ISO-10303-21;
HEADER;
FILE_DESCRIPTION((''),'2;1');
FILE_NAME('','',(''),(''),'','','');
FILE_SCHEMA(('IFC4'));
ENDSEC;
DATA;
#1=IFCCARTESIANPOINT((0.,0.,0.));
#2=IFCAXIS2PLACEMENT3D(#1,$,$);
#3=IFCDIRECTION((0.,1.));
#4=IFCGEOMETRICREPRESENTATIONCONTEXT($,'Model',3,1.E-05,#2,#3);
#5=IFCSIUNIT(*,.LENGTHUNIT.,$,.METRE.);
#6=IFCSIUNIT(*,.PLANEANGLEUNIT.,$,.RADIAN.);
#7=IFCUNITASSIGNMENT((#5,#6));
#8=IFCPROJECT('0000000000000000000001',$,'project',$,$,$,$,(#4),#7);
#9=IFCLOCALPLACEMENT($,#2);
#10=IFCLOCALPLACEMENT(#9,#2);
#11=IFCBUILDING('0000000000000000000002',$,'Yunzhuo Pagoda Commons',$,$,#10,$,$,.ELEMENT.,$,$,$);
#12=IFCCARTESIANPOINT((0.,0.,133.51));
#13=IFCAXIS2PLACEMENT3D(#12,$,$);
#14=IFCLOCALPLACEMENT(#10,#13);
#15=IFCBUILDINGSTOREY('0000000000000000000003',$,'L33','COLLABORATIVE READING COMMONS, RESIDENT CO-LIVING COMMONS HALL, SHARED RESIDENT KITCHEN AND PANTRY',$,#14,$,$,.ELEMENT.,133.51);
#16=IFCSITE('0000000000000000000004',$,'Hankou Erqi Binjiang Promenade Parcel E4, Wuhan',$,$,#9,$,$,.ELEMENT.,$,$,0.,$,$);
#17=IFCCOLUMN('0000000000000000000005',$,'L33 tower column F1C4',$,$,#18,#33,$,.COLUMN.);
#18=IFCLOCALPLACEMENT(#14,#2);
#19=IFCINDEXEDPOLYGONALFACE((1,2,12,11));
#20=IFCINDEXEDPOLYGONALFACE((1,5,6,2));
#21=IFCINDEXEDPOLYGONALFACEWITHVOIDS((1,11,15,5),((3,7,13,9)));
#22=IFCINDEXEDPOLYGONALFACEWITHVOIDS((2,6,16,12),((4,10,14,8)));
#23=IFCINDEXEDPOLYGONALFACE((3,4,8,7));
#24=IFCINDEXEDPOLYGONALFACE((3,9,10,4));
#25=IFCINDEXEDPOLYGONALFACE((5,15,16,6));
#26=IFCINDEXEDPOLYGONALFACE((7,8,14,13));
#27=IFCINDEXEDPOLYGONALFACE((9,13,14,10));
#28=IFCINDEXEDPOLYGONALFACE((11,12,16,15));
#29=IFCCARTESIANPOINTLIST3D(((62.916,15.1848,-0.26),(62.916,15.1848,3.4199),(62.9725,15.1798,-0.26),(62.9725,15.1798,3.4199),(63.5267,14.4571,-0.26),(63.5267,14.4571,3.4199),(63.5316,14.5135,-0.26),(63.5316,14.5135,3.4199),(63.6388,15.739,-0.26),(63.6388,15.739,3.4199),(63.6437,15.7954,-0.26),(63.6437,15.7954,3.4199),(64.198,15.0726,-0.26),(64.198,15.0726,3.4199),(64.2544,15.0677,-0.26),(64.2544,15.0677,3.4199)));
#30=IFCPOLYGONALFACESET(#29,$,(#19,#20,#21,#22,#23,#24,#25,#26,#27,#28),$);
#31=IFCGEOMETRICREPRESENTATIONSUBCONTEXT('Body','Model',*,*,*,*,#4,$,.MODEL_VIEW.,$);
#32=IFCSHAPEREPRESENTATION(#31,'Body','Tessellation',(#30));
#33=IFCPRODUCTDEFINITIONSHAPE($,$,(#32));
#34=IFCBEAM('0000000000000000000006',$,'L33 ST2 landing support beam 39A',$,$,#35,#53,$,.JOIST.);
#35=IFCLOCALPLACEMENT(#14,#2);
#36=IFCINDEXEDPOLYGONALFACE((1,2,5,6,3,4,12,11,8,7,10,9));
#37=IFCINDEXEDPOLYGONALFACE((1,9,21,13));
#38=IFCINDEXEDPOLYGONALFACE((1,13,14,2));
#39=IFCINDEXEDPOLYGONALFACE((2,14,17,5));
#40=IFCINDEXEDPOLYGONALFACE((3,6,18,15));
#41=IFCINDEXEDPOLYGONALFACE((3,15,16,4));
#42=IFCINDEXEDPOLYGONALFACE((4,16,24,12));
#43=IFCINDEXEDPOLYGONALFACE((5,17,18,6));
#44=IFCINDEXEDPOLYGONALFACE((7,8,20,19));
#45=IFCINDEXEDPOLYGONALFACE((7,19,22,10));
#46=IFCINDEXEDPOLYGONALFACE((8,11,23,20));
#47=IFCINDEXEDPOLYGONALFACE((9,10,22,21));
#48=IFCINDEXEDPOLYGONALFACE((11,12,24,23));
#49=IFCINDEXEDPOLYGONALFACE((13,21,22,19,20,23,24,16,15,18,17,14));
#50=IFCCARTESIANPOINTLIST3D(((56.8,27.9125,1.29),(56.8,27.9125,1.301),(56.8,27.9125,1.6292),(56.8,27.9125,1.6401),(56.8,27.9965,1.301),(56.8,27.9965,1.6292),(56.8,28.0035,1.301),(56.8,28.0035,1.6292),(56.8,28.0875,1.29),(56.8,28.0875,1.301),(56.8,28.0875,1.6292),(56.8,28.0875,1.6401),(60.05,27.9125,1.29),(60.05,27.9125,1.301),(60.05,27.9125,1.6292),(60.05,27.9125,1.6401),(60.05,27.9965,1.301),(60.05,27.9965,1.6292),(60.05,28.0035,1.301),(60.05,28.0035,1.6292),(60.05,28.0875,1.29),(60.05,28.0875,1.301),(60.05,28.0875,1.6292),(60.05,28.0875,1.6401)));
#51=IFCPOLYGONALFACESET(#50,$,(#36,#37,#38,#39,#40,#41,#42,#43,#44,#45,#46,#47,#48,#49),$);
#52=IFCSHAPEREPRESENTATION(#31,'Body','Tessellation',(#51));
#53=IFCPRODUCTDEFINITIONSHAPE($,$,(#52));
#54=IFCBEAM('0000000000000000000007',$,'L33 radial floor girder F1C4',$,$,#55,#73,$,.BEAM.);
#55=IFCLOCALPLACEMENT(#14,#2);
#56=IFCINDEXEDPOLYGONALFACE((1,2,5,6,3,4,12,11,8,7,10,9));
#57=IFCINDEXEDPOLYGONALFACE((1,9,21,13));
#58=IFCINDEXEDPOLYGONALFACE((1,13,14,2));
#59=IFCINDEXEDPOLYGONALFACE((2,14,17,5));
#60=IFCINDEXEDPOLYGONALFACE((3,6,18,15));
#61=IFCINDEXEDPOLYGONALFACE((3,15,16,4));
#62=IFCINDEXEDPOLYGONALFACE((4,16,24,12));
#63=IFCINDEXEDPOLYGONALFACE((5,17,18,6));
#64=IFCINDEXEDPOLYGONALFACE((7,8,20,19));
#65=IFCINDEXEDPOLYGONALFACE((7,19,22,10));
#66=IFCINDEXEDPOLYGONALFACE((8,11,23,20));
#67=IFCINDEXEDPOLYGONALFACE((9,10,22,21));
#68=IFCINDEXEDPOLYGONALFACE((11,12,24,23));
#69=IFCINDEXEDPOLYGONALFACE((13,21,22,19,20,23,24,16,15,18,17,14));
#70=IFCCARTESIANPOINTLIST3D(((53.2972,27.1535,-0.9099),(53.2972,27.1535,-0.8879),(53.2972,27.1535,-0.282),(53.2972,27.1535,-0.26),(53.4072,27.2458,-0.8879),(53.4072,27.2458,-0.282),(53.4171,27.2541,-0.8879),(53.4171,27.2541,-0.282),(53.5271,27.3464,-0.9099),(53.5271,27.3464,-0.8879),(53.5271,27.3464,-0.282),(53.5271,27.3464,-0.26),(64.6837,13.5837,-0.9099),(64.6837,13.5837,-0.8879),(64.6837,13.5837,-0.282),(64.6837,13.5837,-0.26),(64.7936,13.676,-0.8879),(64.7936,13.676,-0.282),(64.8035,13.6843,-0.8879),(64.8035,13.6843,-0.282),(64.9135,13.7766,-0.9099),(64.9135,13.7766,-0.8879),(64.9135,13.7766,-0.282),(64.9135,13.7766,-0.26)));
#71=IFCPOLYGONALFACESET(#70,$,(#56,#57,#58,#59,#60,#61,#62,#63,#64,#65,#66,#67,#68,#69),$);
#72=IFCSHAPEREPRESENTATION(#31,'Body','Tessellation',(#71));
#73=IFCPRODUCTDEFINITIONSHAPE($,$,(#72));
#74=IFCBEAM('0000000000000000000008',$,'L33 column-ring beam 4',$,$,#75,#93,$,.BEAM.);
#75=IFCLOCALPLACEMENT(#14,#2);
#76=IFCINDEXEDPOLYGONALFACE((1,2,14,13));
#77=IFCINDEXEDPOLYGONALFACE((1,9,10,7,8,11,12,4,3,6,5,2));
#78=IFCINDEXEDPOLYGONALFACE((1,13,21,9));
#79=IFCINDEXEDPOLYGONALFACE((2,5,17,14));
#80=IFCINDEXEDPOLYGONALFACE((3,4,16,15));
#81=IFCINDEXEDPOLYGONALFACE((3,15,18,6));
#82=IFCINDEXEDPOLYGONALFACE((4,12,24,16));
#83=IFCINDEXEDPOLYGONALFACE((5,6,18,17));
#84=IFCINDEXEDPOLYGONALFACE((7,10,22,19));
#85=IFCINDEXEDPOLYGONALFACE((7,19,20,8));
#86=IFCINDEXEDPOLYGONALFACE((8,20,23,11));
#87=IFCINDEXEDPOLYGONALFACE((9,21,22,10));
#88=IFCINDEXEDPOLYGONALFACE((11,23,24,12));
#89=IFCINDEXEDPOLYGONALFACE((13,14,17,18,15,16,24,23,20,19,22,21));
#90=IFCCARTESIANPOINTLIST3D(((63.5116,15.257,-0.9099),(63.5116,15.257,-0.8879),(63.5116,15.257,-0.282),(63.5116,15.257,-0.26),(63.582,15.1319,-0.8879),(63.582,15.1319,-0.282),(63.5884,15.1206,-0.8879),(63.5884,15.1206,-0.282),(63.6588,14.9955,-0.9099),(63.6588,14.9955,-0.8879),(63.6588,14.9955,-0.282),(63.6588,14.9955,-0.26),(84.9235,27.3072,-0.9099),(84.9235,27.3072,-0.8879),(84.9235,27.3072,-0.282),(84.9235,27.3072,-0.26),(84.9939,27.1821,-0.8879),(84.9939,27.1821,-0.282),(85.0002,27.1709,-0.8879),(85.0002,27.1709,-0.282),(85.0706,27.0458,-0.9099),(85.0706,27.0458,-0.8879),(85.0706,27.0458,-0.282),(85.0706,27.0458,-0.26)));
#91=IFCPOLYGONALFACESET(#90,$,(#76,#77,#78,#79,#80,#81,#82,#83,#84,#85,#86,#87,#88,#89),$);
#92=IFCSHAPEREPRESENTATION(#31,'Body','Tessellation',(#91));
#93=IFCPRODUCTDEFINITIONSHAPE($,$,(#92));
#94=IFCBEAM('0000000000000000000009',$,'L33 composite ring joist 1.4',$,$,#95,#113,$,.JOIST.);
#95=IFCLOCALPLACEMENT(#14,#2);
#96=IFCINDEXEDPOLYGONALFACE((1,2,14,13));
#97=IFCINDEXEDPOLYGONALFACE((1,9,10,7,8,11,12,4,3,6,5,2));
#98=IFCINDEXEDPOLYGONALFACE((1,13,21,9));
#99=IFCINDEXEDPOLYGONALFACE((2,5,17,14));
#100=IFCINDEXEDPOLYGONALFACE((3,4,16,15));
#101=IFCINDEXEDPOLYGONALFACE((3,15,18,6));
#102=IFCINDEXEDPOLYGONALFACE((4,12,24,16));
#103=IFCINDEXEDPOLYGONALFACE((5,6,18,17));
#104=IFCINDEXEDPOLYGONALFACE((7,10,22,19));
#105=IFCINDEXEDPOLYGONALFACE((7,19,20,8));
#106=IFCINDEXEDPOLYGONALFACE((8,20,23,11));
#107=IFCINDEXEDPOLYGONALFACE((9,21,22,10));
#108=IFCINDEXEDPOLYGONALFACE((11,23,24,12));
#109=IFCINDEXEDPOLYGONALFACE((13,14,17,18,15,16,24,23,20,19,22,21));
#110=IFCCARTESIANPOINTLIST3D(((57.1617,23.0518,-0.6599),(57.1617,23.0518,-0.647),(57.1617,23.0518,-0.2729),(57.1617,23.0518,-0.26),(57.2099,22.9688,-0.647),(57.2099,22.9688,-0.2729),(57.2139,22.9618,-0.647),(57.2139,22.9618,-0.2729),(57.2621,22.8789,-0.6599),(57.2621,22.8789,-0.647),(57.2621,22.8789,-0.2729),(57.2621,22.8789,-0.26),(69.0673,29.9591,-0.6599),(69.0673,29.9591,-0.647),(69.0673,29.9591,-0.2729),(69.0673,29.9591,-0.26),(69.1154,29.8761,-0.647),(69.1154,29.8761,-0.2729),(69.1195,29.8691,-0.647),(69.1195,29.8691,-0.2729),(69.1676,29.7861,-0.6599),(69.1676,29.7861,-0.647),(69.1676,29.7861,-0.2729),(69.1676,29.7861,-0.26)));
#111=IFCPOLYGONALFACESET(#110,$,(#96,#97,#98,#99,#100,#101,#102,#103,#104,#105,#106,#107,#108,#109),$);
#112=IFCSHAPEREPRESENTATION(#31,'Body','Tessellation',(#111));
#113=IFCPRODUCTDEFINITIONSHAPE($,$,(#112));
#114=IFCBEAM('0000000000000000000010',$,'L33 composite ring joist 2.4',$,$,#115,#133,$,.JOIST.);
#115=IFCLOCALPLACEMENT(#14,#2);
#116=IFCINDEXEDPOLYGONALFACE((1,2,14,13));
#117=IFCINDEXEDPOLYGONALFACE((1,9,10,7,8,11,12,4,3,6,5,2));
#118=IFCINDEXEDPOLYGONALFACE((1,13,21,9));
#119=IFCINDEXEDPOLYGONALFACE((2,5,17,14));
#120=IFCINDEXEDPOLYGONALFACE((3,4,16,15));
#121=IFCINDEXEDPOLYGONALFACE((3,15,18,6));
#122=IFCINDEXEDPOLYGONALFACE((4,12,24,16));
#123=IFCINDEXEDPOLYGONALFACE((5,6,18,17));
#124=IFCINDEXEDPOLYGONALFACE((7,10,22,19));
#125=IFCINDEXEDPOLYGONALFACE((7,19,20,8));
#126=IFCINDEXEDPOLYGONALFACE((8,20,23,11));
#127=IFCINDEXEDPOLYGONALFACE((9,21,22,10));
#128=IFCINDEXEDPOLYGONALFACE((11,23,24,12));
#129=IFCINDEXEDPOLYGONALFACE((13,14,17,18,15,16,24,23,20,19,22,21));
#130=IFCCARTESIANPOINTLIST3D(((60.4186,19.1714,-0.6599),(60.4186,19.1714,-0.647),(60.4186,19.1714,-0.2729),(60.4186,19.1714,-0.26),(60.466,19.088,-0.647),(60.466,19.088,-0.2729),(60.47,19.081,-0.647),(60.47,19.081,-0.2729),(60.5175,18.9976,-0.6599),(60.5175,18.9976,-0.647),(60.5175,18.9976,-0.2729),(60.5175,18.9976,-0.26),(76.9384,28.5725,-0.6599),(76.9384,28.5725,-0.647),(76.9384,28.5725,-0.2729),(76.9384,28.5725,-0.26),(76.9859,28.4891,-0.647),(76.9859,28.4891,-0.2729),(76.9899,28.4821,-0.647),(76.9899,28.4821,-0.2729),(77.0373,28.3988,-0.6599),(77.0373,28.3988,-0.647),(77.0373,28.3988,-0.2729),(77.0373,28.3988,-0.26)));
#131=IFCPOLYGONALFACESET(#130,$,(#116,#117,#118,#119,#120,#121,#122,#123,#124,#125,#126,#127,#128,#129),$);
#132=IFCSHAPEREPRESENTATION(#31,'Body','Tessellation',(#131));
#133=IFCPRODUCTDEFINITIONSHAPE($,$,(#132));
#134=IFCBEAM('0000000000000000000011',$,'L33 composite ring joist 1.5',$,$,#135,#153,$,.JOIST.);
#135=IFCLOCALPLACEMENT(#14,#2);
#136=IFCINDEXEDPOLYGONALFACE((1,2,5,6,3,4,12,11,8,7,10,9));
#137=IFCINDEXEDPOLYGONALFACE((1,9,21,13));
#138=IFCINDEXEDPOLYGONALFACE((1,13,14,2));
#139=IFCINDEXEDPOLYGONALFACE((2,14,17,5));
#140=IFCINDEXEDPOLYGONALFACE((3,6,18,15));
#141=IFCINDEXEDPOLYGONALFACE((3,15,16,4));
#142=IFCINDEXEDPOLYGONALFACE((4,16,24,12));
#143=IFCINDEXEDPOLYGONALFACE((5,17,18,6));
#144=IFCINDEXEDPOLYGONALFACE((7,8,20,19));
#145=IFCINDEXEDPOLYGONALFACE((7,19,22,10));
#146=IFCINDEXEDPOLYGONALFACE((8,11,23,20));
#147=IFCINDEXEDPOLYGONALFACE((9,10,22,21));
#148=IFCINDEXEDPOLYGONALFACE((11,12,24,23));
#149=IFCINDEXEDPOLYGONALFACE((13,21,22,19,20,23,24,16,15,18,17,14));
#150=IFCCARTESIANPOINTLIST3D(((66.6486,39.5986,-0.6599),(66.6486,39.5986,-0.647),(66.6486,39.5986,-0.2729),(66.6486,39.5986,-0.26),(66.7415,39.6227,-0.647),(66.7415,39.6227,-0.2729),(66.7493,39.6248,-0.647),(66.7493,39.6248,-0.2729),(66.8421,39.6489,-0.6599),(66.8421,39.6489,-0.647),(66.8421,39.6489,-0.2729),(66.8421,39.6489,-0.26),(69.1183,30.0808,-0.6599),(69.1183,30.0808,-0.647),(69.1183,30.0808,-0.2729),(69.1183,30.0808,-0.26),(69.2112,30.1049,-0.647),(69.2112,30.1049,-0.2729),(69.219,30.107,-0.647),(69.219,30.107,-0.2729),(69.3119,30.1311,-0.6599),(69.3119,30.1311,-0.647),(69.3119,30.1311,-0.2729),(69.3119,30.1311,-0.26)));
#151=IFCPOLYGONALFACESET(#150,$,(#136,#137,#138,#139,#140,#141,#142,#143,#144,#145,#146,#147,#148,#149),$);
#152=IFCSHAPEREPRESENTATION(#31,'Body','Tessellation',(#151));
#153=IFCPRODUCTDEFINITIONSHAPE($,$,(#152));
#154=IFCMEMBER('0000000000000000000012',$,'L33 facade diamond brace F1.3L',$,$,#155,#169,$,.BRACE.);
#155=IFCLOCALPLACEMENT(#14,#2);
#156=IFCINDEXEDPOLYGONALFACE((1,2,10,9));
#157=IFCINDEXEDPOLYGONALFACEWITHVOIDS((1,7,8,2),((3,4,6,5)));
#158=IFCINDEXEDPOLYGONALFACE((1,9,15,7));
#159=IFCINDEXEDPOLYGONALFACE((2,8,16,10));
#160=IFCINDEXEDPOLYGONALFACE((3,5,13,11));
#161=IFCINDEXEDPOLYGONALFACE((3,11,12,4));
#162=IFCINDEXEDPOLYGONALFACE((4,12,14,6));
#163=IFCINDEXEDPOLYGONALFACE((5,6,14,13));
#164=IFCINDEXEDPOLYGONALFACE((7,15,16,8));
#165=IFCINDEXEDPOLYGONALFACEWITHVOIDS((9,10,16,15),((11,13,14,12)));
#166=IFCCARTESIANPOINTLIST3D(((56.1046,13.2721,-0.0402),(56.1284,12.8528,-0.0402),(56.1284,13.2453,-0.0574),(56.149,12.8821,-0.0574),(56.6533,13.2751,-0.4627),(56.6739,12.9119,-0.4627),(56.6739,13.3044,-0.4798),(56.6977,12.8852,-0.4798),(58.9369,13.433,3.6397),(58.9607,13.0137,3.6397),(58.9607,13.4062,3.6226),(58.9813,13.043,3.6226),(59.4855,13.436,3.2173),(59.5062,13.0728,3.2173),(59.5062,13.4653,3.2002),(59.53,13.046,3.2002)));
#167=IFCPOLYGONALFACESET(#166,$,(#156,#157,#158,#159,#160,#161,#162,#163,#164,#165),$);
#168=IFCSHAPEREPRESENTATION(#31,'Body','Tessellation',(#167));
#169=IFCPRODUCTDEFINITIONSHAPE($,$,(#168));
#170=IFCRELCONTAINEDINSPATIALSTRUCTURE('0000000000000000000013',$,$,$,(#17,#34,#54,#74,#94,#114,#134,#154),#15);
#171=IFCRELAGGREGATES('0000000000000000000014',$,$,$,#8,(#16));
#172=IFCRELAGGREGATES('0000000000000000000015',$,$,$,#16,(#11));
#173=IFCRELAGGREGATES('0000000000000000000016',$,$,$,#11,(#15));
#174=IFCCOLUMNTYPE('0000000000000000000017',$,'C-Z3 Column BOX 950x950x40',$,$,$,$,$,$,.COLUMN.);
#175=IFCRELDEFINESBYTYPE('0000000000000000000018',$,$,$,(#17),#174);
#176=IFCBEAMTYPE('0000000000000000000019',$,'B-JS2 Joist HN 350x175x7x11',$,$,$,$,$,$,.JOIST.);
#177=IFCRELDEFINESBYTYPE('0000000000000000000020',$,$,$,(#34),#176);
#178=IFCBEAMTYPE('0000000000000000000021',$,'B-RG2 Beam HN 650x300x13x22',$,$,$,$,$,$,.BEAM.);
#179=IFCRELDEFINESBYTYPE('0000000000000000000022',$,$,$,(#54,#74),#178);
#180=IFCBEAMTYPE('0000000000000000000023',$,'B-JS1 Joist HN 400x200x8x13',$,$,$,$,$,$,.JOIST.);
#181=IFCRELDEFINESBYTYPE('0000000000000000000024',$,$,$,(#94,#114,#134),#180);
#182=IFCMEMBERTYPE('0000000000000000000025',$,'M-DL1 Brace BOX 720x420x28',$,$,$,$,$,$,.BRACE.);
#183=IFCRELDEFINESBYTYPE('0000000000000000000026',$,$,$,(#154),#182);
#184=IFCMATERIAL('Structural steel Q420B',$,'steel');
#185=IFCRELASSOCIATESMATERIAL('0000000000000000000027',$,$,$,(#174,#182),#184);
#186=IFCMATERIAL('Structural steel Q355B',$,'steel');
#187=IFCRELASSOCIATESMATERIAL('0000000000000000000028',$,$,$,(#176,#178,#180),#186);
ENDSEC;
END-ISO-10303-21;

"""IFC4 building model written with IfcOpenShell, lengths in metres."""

from ifc_helpers import new_model, si_unit, direction, frame, origin, origin_2d, place, context, subcontext, project, spatial, hollow_rectangle, i_section, extrude, source, transform, mapped, material, material_profile, profile_set, type_object, element, save


model = new_model("IFC4")

# Units and contexts
model_context = context("Model", 3, precision=1e-05, world=origin(), true_north=direction((0.0, 1.0)))
body_context = subcontext(model_context, "Body", "Model", "MODEL_VIEW")
ifc_project = project(units=[si_unit("LENGTHUNIT", "METRE"), si_unit("PLANEANGLEUNIT", "RADIAN")], contexts=[model_context])

# Site, building, storey
site_placement = place(None, origin())
site = spatial("IfcSite", under=ifc_project, at=site_placement, Name="Hankou Erqi Binjiang Promenade Parcel E4, Wuhan", CompositionType="ELEMENT", RefElevation=0.0)
building_placement = place(site_placement, origin())
building = spatial("IfcBuilding", under=site, at=building_placement, Name="Yunzhuo Pagoda Commons", CompositionType="ELEMENT")
storey_placement = place(building_placement, frame((0.0, 0.0, 133.51)))
storey = spatial("IfcBuildingStorey", under=building, at=storey_placement, Name="L33", Description="COLLABORATIVE READING COMMONS, RESIDENT CO-LIVING COMMONS HALL, SHARED RESIDENT KITCHEN AND PANTRY", CompositionType="ELEMENT", Elevation=133.51)

# Column
ifc_material_1 = material(Name="Structural steel Q420B", Category="steel")
ifc_material_profile_1 = material_profile(ifc_material_1, hollow_rectangle(XDim=0.95, YDim=0.95, WallThickness=0.04, at=origin_2d()), Name="Structural steel Q420B")
ifc_profile_set_1 = profile_set([ifc_material_profile_1], Name="Structural steel Q420B")
column_type = type_object("IfcColumnType", Name="C-Z3 Column BOX 950x950x40", PredefinedType="COLUMN", material=ifc_profile_set_1)
shared_shape_1 = source(origin(), body_context, "Body", "SweptSolid", [
    extrude(hollow_rectangle(XDim=0.95, YDim=0.95, WallThickness=0.04, at=origin_2d()), origin(), (0.0, 0.0, 1.0), 3.6799),
])
column_placement = place(storey_placement, frame((63.5852, 15.1262, -0.26), z_axis=(0.0, 0.0, 1.0), x_axis=(0.766044, 0.642788, 0.0)))
element("IfcColumn", 1, at=column_placement, inside=storey, type_object=column_type, Name="L33 tower column F1C4", PredefinedType="COLUMN", context=body_context, shape_type="MappedRepresentation", body=[
    mapped(shared_shape_1, transform((0.0, 0.0, 0.0), scale=1.0)),
])

# Beams
ifc_material_2 = material(Name="Structural steel Q355B", Category="steel")
ifc_material_profile_2 = material_profile(ifc_material_2, i_section(OverallWidth=0.175, OverallDepth=0.3501, WebThickness=0.0071, FlangeThickness=0.011, at=origin_2d()), Name="Structural steel Q355B")
ifc_profile_set_2 = profile_set([ifc_material_profile_2], Name="Structural steel Q355B")
beam_type_1 = type_object("IfcBeamType", Name="B-JS2 Joist HN 350x175x7x11", PredefinedType="JOIST", material=ifc_profile_set_2)
shared_shape_2 = source(origin(), body_context, "Body", "SweptSolid", [
    extrude(i_section(OverallWidth=0.175, OverallDepth=0.3501, WebThickness=0.0071, FlangeThickness=0.011, at=origin_2d()), origin(), (0.0, 0.0, 1.0), 3.25),
])
beam_1_placement = place(storey_placement, frame((56.8, 28.0, 1.4651), z_axis=(1.0, 0.0, 0.0), x_axis=(0.0, 1.0, 0.0)))
element("IfcBeam", 2, at=beam_1_placement, inside=storey, type_object=beam_type_1, Name="L33 ST2 landing support beam 39A", PredefinedType="JOIST", context=body_context, shape_type="MappedRepresentation", body=[
    mapped(shared_shape_2, transform((0.0, 0.0, 0.0), scale=1.0)),
])
ifc_material_profile_3 = material_profile(ifc_material_2, i_section(OverallWidth=0.3, OverallDepth=0.6499, WebThickness=0.0129, FlangeThickness=0.022, at=origin_2d()), Name="Structural steel Q355B")
ifc_profile_set_3 = profile_set([ifc_material_profile_3], Name="Structural steel Q355B")
beam_type_2 = type_object("IfcBeamType", Name="B-RG2 Beam HN 650x300x13x22", PredefinedType="BEAM", material=ifc_profile_set_3)
shared_shape_3 = source(origin(), body_context, "Body", "SweptSolid", [
    extrude(i_section(OverallWidth=0.3, OverallDepth=0.6499, WebThickness=0.0129, FlangeThickness=0.022, at=origin_2d()), origin(), (0.0, 0.0, 1.0), 17.7141),
])
beam_2_placement = place(storey_placement, frame((64.7986, 13.6802, -0.585), z_axis=(-0.642789, 0.766043, 0.0), x_axis=(-0.766043, -0.642789, 0.0)))
element("IfcBeam", 3, at=beam_2_placement, inside=storey, type_object=beam_type_2, Name="L33 radial floor girder F1C4", PredefinedType="BEAM", context=body_context, shape_type="MappedRepresentation", body=[
    mapped(shared_shape_3, transform((0.0, 0.0, 0.0), scale=1.0)),
])
shared_shape_4 = source(origin(), body_context, "Body", "SweptSolid", [
    extrude(i_section(OverallWidth=0.3, OverallDepth=0.6499, WebThickness=0.0129, FlangeThickness=0.022, at=origin_2d()), origin(), (0.0, 0.0, 1.0), 24.5698),
])
beam_3_placement = place(storey_placement, frame((63.5852, 15.1262, -0.585), z_axis=(0.871469, 0.49045, 0.0), x_axis=(-0.49045, 0.871469, 0.0)))
element("IfcBeam", 4, at=beam_3_placement, inside=storey, type_object=beam_type_2, Name="L33 column-ring beam 4", PredefinedType="BEAM", context=body_context, shape_type="MappedRepresentation", body=[
    mapped(shared_shape_4, transform((0.0, 0.0, 0.0), scale=1.0)),
])
ifc_material_profile_4 = material_profile(ifc_material_2, i_section(OverallWidth=0.2, OverallDepth=0.3999, WebThickness=0.0081, FlangeThickness=0.0129, at=origin_2d()), Name="Structural steel Q355B")
ifc_profile_set_4 = profile_set([ifc_material_profile_4], Name="Structural steel Q355B")
beam_type_3 = type_object("IfcBeamType", Name="B-JS1 Joist HN 400x200x8x13", PredefinedType="JOIST", material=ifc_profile_set_4)
shared_shape_5 = source(origin(), body_context, "Body", "SweptSolid", [
    extrude(i_section(OverallWidth=0.2, OverallDepth=0.3999, WebThickness=0.0081, FlangeThickness=0.0129, at=origin_2d()), origin(), (0.0, 0.0, 1.0), 13.7642),
])
beam_4_placement = place(storey_placement, frame((57.2119, 22.9653, -0.46), z_axis=(0.864967, 0.501828, 0.0), x_axis=(-0.501828, 0.864967, 0.0)))
element("IfcBeam", 5, at=beam_4_placement, inside=storey, type_object=beam_type_3, Name="L33 composite ring joist 1.4", PredefinedType="JOIST", context=body_context, shape_type="MappedRepresentation", body=[
    mapped(shared_shape_5, transform((0.0, 0.0, 0.0), scale=1.0)),
])
shared_shape_6 = source(origin(), body_context, "Body", "SweptSolid", [
    extrude(i_section(OverallWidth=0.2, OverallDepth=0.3999, WebThickness=0.0081, FlangeThickness=0.0129, at=origin_2d()), origin(), (0.0, 0.0, 1.0), 19.0076),
])
beam_5_placement = place(storey_placement, frame((60.468, 19.0845, -0.46), z_axis=(0.86912, 0.494601, 0.0), x_axis=(-0.494601, 0.86912, 0.0)))
element("IfcBeam", 6, at=beam_5_placement, inside=storey, type_object=beam_type_3, Name="L33 composite ring joist 2.4", PredefinedType="JOIST", context=body_context, shape_type="MappedRepresentation", body=[
    mapped(shared_shape_6, transform((0.0, 0.0, 0.0), scale=1.0)),
])
shared_shape_7 = source(origin(), body_context, "Body", "SweptSolid", [
    extrude(i_section(OverallWidth=0.2, OverallDepth=0.3999, WebThickness=0.0081, FlangeThickness=0.0129, at=origin_2d()), origin(), (0.0, 0.0, 1.0), 9.833),
])
beam_6_placement = place(storey_placement, frame((69.2151, 30.106, -0.46), z_axis=(-0.251166, 0.967944, 0.0), x_axis=(-0.967944, -0.251166, 0.0)))
element("IfcBeam", 7, at=beam_6_placement, inside=storey, type_object=beam_type_3, Name="L33 composite ring joist 1.5", PredefinedType="JOIST", context=body_context, shape_type="MappedRepresentation", body=[
    mapped(shared_shape_7, transform((0.0, 0.0, 0.0), scale=1.0)),
])

# Member
ifc_material_profile_5 = material_profile(ifc_material_1, hollow_rectangle(XDim=0.4199, YDim=0.72, WallThickness=0.0281, at=origin_2d()), Name="Structural steel Q420B")
ifc_profile_set_5 = profile_set([ifc_material_profile_5], Name="Structural steel Q420B")
member_type_1 = type_object("IfcMemberType", Name="M-DL1 Brace BOX 720x420x28", PredefinedType="BRACE", material=ifc_profile_set_5)
shared_shape_8 = source(origin(), body_context, "Body", "SweptSolid", [
    extrude(hollow_rectangle(XDim=0.4199, YDim=0.72, WallThickness=0.0281, at=origin_2d()), origin(), (0.0, 0.0, 1.0), 4.6465),
])
for number, where, z_axis, x_axis, name in (
    (8, (56.4011, 13.0786, -0.26), (0.609556, 0.034626, 0.791987), (-0.056714, 0.99839, 0.0), "L33 facade diamond brace F1.3L"),
):
    element("IfcMember", number, at=place(storey_placement, frame(where, z_axis=z_axis, x_axis=x_axis)), inside=storey, type_object=member_type_1, Name=name, PredefinedType="BRACE", context=body_context, shape_type="MappedRepresentation", body=[
        mapped(shared_shape_8, transform((0.0, 0.0, 0.0), scale=1.0)),
    ])

save(model, "model.ifc")
